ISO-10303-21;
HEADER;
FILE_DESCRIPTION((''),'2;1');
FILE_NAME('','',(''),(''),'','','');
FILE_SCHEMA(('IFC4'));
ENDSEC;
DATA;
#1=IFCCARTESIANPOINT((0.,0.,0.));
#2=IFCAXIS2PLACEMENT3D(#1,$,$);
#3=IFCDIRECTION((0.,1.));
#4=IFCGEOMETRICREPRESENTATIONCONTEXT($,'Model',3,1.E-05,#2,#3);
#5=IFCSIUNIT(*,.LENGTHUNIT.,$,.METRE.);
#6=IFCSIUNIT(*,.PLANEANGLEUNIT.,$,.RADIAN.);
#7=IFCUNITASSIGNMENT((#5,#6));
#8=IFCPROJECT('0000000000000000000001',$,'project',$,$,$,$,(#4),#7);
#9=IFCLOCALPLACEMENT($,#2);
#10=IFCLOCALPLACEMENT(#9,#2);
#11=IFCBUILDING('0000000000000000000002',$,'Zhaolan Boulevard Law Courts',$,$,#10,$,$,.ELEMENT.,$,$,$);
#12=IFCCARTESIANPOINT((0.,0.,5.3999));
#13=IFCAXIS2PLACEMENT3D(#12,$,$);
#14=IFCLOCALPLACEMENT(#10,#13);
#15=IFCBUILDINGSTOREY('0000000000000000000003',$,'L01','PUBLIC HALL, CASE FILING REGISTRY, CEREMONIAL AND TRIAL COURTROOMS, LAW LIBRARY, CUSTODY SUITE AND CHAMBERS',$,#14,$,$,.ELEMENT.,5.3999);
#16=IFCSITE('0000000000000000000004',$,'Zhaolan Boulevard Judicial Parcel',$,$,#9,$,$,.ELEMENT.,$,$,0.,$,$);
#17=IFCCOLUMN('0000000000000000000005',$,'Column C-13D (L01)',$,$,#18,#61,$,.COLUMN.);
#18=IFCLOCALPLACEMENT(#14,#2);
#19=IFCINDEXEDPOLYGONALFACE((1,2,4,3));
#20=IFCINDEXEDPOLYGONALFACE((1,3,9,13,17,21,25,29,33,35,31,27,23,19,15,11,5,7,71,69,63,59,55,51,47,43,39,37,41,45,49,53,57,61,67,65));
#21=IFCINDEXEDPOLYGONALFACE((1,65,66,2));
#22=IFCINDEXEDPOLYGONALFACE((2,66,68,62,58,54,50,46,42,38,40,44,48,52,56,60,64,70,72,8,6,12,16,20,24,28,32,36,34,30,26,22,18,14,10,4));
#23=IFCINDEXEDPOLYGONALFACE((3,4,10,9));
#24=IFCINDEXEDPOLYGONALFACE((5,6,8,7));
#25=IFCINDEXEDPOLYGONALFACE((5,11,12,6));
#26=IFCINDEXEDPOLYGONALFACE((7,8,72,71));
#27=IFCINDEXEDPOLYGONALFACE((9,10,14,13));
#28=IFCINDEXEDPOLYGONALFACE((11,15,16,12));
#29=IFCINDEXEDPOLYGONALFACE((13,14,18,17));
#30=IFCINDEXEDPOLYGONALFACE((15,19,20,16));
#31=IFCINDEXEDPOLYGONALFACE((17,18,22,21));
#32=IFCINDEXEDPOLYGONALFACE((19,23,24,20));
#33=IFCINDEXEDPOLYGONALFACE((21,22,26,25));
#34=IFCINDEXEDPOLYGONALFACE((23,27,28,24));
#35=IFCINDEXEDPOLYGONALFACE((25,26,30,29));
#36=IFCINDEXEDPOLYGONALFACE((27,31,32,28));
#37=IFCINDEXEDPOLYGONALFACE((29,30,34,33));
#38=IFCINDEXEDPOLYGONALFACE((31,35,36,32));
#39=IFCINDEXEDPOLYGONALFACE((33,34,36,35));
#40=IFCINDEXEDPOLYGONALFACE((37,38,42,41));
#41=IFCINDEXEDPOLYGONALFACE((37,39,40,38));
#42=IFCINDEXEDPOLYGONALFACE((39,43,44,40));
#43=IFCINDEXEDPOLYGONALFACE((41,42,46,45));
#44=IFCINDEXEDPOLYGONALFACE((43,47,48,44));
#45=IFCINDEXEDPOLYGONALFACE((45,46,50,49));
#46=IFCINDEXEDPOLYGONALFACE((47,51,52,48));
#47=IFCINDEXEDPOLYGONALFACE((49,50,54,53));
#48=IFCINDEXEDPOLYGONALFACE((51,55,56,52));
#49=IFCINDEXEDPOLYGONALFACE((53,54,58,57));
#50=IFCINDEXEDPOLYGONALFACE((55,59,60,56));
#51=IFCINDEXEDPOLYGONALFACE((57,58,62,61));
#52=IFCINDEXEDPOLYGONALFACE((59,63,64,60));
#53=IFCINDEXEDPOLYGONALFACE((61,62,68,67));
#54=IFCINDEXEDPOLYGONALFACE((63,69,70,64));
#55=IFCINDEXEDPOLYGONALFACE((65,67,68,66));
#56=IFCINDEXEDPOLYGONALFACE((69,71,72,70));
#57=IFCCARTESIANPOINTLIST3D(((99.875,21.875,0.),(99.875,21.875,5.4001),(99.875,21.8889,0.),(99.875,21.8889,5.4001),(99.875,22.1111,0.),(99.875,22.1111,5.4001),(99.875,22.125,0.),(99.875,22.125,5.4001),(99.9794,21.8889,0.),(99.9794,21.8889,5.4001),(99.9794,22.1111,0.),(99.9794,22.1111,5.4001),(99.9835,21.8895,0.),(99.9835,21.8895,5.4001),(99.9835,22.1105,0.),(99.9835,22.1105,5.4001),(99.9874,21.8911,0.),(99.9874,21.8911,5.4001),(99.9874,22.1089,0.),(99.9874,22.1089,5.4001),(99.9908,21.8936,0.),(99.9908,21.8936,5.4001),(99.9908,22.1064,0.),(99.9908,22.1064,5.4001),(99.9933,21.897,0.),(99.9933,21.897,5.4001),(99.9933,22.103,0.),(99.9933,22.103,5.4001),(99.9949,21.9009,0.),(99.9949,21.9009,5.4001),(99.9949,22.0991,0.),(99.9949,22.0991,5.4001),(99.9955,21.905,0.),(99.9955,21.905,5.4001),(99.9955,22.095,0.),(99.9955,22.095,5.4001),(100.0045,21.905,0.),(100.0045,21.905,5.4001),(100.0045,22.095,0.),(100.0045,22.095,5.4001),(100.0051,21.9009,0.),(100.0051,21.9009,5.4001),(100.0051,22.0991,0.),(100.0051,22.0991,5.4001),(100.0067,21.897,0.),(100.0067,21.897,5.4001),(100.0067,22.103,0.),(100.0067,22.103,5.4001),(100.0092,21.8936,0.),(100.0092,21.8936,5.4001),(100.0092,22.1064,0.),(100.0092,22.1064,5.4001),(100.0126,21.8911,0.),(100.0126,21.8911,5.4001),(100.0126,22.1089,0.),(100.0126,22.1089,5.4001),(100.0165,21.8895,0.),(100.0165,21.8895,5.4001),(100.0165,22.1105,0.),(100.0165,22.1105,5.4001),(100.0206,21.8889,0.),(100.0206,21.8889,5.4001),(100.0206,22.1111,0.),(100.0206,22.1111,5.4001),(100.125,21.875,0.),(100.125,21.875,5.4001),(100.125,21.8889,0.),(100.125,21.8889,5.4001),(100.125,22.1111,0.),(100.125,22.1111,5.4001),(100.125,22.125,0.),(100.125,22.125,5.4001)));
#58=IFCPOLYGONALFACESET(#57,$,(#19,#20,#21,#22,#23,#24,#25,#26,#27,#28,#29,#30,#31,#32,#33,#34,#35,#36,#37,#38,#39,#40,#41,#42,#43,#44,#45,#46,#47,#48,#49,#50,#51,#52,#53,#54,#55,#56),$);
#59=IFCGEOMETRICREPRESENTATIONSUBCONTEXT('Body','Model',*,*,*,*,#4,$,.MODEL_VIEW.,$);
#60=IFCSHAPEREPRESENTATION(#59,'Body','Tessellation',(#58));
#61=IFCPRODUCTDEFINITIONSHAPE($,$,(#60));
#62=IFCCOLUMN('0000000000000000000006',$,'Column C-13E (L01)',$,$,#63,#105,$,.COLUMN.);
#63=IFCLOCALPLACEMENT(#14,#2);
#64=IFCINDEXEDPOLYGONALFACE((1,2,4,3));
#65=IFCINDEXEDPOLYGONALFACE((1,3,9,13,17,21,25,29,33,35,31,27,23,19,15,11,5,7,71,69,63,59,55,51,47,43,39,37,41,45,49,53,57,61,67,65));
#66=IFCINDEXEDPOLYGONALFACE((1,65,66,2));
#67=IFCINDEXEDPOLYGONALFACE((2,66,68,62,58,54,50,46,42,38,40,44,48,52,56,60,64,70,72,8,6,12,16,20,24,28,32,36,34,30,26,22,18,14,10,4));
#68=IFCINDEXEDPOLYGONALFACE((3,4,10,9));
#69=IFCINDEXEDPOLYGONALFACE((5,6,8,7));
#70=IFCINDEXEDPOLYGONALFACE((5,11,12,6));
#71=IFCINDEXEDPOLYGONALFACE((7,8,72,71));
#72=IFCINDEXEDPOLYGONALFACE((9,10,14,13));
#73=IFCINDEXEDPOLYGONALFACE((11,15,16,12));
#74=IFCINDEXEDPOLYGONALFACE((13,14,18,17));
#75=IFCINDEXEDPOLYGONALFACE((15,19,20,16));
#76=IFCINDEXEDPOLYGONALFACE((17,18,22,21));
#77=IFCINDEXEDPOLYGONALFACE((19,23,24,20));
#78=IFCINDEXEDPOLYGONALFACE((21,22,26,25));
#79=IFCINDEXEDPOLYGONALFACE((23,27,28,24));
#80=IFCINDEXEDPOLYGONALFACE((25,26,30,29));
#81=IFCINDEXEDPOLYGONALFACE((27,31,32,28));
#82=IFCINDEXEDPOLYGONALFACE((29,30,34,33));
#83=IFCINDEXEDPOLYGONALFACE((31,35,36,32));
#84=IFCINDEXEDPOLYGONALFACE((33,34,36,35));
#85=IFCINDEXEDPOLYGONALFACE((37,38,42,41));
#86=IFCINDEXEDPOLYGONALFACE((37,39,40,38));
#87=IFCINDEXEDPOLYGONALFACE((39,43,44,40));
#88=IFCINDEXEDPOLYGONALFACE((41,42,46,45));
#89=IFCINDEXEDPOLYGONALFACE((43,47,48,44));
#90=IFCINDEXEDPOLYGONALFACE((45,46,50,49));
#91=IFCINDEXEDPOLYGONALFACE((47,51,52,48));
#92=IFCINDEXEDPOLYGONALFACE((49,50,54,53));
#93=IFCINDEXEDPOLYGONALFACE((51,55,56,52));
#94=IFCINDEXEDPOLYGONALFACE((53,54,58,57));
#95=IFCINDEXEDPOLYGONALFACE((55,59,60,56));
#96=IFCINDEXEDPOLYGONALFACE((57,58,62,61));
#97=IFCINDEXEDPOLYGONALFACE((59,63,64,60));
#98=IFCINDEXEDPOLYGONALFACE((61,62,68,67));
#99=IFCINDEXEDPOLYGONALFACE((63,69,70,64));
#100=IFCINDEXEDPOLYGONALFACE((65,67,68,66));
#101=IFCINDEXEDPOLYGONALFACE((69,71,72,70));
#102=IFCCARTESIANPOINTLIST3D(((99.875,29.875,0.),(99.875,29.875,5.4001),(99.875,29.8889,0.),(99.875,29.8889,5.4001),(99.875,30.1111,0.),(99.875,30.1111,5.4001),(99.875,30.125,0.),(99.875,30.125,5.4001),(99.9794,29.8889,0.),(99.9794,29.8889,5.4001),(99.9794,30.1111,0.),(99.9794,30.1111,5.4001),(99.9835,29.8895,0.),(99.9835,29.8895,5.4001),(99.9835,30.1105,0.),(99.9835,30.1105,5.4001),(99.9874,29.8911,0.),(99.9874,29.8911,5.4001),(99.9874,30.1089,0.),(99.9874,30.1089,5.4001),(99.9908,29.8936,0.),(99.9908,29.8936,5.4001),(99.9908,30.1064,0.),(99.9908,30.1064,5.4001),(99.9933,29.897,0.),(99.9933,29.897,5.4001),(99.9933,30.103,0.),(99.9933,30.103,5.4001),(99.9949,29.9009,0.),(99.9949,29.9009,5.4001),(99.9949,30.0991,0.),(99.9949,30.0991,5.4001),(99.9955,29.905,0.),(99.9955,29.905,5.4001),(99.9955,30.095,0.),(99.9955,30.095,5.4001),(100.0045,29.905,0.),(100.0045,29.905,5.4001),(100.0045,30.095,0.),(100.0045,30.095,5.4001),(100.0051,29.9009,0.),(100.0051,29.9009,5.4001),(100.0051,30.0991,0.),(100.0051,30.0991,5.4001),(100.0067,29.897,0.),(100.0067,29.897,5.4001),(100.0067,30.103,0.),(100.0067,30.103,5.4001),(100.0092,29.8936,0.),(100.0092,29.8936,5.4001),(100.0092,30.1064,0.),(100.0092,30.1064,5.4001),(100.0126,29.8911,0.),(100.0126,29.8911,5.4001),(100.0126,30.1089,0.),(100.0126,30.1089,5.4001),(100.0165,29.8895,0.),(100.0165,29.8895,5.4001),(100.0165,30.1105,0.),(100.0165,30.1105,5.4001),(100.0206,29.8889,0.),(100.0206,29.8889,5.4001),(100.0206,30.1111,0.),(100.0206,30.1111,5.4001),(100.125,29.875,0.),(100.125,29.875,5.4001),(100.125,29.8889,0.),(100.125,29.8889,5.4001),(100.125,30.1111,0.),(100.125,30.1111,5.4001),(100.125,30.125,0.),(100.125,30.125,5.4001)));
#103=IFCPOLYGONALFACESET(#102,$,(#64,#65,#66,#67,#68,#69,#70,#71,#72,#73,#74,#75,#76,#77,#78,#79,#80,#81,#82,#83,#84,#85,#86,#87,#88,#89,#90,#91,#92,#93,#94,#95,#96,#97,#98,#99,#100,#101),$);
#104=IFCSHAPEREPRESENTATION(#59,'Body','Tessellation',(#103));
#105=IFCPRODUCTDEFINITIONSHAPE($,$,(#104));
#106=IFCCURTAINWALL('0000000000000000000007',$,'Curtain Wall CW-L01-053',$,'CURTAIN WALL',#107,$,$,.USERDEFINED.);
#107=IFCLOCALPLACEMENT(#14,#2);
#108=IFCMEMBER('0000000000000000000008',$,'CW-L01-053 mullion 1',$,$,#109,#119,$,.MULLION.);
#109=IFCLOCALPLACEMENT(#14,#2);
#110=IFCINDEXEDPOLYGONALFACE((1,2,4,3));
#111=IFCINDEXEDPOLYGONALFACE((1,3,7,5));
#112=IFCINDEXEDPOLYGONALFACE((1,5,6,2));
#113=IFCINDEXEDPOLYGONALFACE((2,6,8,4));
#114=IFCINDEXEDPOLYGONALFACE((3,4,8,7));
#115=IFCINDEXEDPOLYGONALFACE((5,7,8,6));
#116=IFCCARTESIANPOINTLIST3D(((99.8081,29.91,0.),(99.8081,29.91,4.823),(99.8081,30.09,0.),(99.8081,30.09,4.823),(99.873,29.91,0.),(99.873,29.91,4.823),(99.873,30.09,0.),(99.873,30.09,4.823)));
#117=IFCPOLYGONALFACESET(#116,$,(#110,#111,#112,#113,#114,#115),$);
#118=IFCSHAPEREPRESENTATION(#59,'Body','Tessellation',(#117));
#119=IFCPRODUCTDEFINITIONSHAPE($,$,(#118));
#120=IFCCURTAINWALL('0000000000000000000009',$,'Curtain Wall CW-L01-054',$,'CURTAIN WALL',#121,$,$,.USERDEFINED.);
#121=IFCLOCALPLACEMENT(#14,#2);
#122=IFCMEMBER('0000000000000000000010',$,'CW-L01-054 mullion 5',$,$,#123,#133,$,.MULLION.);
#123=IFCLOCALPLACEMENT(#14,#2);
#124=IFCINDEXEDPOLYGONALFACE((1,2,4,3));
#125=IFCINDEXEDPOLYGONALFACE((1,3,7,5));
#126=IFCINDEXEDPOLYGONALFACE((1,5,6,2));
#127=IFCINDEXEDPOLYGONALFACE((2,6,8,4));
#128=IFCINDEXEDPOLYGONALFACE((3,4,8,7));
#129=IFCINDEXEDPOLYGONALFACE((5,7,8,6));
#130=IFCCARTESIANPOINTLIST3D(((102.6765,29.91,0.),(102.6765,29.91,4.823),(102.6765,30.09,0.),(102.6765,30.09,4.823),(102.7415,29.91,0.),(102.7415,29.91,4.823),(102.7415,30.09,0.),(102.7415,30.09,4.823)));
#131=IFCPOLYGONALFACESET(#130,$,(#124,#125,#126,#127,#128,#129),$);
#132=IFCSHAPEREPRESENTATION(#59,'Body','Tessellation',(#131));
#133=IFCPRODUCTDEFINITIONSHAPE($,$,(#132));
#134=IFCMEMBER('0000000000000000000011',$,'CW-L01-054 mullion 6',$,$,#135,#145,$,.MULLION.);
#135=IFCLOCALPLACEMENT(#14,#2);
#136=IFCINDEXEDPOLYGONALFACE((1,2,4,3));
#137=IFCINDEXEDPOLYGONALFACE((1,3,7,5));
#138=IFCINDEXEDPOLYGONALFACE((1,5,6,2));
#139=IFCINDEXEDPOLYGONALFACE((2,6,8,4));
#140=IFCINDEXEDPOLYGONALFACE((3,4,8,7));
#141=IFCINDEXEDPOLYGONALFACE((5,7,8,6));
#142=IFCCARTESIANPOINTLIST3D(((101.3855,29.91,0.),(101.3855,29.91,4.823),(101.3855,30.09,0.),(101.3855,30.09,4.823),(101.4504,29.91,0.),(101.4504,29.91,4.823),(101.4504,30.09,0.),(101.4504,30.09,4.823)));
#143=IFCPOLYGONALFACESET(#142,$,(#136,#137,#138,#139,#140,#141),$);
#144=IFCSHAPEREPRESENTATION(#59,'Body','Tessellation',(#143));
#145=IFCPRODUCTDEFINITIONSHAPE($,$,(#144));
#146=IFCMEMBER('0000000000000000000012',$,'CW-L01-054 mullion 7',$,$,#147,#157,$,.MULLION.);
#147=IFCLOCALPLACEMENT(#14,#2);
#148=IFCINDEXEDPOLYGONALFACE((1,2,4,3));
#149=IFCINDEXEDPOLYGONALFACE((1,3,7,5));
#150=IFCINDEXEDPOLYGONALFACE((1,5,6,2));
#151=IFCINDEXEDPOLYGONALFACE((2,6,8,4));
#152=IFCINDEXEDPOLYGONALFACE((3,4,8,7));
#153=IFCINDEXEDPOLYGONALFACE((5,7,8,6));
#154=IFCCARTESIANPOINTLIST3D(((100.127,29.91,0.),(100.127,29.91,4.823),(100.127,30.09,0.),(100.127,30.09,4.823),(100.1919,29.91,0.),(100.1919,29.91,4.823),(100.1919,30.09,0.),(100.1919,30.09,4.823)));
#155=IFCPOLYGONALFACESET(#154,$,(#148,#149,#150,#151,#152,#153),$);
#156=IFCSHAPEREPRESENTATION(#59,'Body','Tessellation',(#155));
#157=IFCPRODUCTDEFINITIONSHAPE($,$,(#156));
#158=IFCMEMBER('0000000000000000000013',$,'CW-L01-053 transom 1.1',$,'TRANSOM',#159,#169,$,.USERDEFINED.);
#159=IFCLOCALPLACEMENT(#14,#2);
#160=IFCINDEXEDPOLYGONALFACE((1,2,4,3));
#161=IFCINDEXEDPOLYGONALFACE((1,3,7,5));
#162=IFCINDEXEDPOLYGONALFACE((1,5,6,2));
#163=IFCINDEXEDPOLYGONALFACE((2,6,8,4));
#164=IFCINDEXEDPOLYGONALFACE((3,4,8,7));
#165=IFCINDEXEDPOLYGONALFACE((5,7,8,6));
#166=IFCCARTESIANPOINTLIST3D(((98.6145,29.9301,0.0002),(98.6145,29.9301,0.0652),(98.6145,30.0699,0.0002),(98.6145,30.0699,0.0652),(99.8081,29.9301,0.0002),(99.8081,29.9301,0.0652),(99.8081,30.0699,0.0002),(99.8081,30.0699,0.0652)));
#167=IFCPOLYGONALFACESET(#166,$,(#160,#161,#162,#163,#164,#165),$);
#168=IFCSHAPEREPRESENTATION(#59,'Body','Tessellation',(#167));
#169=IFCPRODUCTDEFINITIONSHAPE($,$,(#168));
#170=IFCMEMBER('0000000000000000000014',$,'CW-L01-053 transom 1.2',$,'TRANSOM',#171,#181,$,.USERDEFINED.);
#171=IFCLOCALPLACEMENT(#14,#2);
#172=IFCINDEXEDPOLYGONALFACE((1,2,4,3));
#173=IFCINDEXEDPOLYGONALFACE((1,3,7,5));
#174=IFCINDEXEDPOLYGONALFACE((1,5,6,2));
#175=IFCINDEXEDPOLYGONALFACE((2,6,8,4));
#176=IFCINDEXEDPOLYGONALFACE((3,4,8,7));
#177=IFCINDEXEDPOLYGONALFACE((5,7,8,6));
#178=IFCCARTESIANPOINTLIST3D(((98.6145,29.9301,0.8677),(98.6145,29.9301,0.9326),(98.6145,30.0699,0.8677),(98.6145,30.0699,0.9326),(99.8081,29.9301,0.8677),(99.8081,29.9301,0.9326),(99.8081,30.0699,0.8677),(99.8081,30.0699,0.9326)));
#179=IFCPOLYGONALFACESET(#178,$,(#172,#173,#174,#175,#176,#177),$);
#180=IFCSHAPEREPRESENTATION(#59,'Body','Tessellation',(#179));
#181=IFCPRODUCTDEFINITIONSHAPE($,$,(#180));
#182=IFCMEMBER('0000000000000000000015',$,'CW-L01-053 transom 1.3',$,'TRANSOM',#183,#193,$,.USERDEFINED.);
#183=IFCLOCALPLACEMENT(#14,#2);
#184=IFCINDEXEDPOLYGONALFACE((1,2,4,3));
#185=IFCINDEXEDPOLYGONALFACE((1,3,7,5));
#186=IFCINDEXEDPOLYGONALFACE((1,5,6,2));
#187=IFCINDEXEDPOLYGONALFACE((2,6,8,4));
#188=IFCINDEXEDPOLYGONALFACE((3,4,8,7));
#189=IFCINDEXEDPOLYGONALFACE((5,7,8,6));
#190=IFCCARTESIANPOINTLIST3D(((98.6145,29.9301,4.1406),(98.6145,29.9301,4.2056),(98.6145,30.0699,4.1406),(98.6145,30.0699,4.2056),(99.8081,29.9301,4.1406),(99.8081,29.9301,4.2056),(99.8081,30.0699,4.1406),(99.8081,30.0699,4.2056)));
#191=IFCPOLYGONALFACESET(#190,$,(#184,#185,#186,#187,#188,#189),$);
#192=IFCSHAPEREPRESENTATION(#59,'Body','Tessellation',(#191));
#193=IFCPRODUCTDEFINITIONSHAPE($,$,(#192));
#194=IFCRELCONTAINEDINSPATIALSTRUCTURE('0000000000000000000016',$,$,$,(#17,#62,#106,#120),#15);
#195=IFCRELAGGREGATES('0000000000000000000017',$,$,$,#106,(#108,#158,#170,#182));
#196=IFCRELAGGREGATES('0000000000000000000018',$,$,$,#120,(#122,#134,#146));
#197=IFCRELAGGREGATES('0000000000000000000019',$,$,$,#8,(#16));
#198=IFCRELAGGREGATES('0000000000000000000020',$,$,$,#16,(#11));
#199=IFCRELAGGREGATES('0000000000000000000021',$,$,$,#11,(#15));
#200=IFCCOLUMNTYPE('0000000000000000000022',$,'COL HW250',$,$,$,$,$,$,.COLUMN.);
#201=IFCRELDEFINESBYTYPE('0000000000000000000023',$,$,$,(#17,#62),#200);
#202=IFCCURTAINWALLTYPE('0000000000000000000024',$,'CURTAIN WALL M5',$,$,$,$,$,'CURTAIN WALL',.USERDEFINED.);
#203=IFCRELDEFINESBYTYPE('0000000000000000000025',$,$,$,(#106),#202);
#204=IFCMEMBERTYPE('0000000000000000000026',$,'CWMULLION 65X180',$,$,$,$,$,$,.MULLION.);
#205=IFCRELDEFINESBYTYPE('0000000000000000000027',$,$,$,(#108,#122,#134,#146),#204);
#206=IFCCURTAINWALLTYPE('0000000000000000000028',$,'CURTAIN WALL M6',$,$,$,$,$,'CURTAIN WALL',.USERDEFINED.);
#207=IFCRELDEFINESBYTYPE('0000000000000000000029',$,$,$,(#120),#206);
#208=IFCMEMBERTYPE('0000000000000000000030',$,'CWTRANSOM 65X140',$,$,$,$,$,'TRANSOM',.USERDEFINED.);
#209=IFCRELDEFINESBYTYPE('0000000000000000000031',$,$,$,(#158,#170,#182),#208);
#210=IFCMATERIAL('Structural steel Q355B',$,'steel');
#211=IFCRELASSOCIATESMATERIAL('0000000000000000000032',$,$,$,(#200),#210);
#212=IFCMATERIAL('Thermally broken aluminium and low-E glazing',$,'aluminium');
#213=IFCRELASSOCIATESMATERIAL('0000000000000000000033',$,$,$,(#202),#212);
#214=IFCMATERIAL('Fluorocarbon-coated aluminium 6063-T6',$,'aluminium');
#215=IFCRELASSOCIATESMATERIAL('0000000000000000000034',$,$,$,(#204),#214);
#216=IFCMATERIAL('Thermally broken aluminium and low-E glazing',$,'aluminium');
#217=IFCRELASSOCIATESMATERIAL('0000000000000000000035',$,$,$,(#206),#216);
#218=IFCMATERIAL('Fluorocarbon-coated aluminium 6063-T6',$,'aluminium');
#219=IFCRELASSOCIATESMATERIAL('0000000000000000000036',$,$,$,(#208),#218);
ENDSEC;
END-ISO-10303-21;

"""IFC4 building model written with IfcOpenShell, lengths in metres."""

from ifc_helpers import new_model, si_unit, direction, frame, origin, origin_2d, place, context, subcontext, project, spatial, rectangle, i_section, extrude, material, material_profile, profile_set, type_object, element, aggregate, save


model = new_model("IFC4")

# Units and contexts
model_context = context("Model", 3, precision=1e-05, world=origin(), true_north=direction((0.0, 1.0)))
body_context = subcontext(model_context, "Body", "Model", "MODEL_VIEW")
ifc_project = project(units=[si_unit("LENGTHUNIT", "METRE"), si_unit("PLANEANGLEUNIT", "RADIAN")], contexts=[model_context])

# Site, building, storey
site_placement = place(None, origin())
site = spatial("IfcSite", under=ifc_project, at=site_placement, Name="Zhaolan Boulevard Judicial Parcel", CompositionType="ELEMENT", RefElevation=0.0)
building_placement = place(site_placement, origin())
building = spatial("IfcBuilding", under=site, at=building_placement, Name="Zhaolan Boulevard Law Courts", CompositionType="ELEMENT")
storey_placement = place(building_placement, frame((0.0, 0.0, 5.3999)))
storey = spatial("IfcBuildingStorey", under=building, at=storey_placement, Name="L01", Description="PUBLIC HALL, CASE FILING REGISTRY, CEREMONIAL AND TRIAL COURTROOMS, LAW LIBRARY, CUSTODY SUITE AND CHAMBERS", CompositionType="ELEMENT", Elevation=5.3999)

# Columns
ifc_material_1 = material(Name="Structural steel Q355B", Category="steel")
ifc_material_profile_1 = material_profile(ifc_material_1, i_section(OverallWidth=0.25, OverallDepth=0.25, WebThickness=0.009, FlangeThickness=0.0139, FilletRadius=0.0161, at=origin_2d()), Name="HW250x250")
ifc_profile_set_1 = profile_set([ifc_material_profile_1], Name="Structural steel Q355B")
column_type = type_object("IfcColumnType", Name="COL HW250", PredefinedType="COLUMN", material=ifc_profile_set_1)
for number, where, z_axis, x_axis, name in (
    (1, (100.0, 22.0, 0.0), (0.0, 0.0, 1.0), (1.0, 0.0, 0.0), "Column C-13D (L01)"),
    (2, (100.0, 30.0, 0.0), (0.0, 0.0, 1.0), (1.0, 0.0, 0.0), "Column C-13E (L01)"),
):
    element("IfcColumn", number, at=place(storey_placement, frame(where, z_axis=z_axis, x_axis=x_axis)), inside=storey, type_object=column_type, Name=name, PredefinedType="COLUMN", context=body_context, shape_type="SweptSolid", body=[
        extrude(i_section(OverallWidth=0.25, OverallDepth=0.25, WebThickness=0.009, FlangeThickness=0.0139, FilletRadius=0.0161, at=origin_2d()), origin(), (0.0, 0.0, 1.0), 5.4001),
    ])

# Curtain wall, member
ifc_material_2 = material(Name="Thermally broken aluminium and low-E glazing", Category="aluminium")
curtain_wall_type_1 = type_object("IfcCurtainWallType", Name="CURTAIN WALL M5", ElementType="CURTAIN WALL", PredefinedType="USERDEFINED", material=ifc_material_2)
curtain_wall_1_placement = place(storey_placement, origin())
curtain_wall_1 = element("IfcCurtainWall", 3, at=curtain_wall_1_placement, inside=storey, type_object=curtain_wall_type_1, Name="Curtain Wall CW-L01-053", ObjectType="CURTAIN WALL", PredefinedType="USERDEFINED")
ifc_material_3 = material(Name="Fluorocarbon-coated aluminium 6063-T6", Category="aluminium")
ifc_material_profile_2 = material_profile(ifc_material_3, rectangle(XDim=0.1799, YDim=0.0649, at=origin_2d()), Name="AL65x180")
ifc_profile_set_2 = profile_set([ifc_material_profile_2], Name="Fluorocarbon-coated aluminium 6063-T6")
member_type_1 = type_object("IfcMemberType", Name="CWMULLION 65X180", PredefinedType="MULLION", material=ifc_profile_set_2)
member_1_placement = place(storey_placement, frame((99.8406, 30.0, 0.0), z_axis=(0.0, 0.0, 1.0), x_axis=(0.0, -1.0, 0.0)))
member_1 = element("IfcMember", 4, at=member_1_placement, type_object=member_type_1, Name="CW-L01-053 mullion 1", PredefinedType="MULLION", context=body_context, shape_type="SweptSolid", body=[
    extrude(rectangle(XDim=0.1799, YDim=0.0649, at=origin_2d()), origin(), (0.0, 0.0, 1.0), 4.823),
])

# Curtain wall, members
ifc_material_4 = material(Name="Thermally broken aluminium and low-E glazing", Category="aluminium")
curtain_wall_type_2 = type_object("IfcCurtainWallType", Name="CURTAIN WALL M6", ElementType="CURTAIN WALL", PredefinedType="USERDEFINED", material=ifc_material_4)
curtain_wall_2_placement = place(storey_placement, origin())
curtain_wall_2 = element("IfcCurtainWall", 5, at=curtain_wall_2_placement, inside=storey, type_object=curtain_wall_type_2, Name="Curtain Wall CW-L01-054", ObjectType="CURTAIN WALL", PredefinedType="USERDEFINED")
member_2_placement = place(storey_placement, frame((102.709, 30.0, 0.0), z_axis=(0.0, 0.0, 1.0), x_axis=(0.0, -1.0, 0.0)))
member_2 = element("IfcMember", 6, at=member_2_placement, type_object=member_type_1, Name="CW-L01-054 mullion 5", PredefinedType="MULLION", context=body_context, shape_type="SweptSolid", body=[
    extrude(rectangle(XDim=0.1799, YDim=0.0649, at=origin_2d()), origin(), (0.0, 0.0, 1.0), 4.823),
])
member_3_placement = place(storey_placement, frame((101.418, 30.0, 0.0), z_axis=(0.0, 0.0, 1.0), x_axis=(0.0, -1.0, 0.0)))
member_3 = element("IfcMember", 7, at=member_3_placement, type_object=member_type_1, Name="CW-L01-054 mullion 6", PredefinedType="MULLION", context=body_context, shape_type="SweptSolid", body=[
    extrude(rectangle(XDim=0.1799, YDim=0.0649, at=origin_2d()), origin(), (0.0, 0.0, 1.0), 4.823),
])
member_4_placement = place(storey_placement, frame((100.1594, 30.0, 0.0), z_axis=(0.0, 0.0, 1.0), x_axis=(0.0, -1.0, 0.0)))
member_4 = element("IfcMember", 8, at=member_4_placement, type_object=member_type_1, Name="CW-L01-054 mullion 7", PredefinedType="MULLION", context=body_context, shape_type="SweptSolid", body=[
    extrude(rectangle(XDim=0.1799, YDim=0.0649, at=origin_2d()), origin(), (0.0, 0.0, 1.0), 4.823),
])

# Members
ifc_material_5 = material(Name="Fluorocarbon-coated aluminium 6063-T6", Category="aluminium")
ifc_material_profile_3 = material_profile(ifc_material_5, rectangle(XDim=0.1399, YDim=0.0649, at=origin_2d()), Name="AL65x140")
ifc_profile_set_3 = profile_set([ifc_material_profile_3], Name="Fluorocarbon-coated aluminium 6063-T6")
member_type_2 = type_object("IfcMemberType", Name="CWTRANSOM 65X140", ElementType="TRANSOM", PredefinedType="USERDEFINED", material=ifc_profile_set_3)
member_5_placement = place(storey_placement, frame((99.8081, 30.0, 0.0327), z_axis=(-1.0, 0.0, 0.0), x_axis=(0.0, -1.0, 0.0)))
member_5 = element("IfcMember", 9, at=member_5_placement, type_object=member_type_2, Name="CW-L01-053 transom 1.1", ObjectType="TRANSOM", PredefinedType="USERDEFINED", context=body_context, shape_type="SweptSolid", body=[
    extrude(rectangle(XDim=0.1399, YDim=0.0649, at=origin_2d()), origin(), (0.0, 0.0, 1.0), 1.1936),
])
member_6_placement = place(storey_placement, frame((99.8081, 30.0, 0.9001), z_axis=(-1.0, 0.0, 0.0), x_axis=(0.0, -1.0, 0.0)))
member_6 = element("IfcMember", 10, at=member_6_placement, type_object=member_type_2, Name="CW-L01-053 transom 1.2", ObjectType="TRANSOM", PredefinedType="USERDEFINED", context=body_context, shape_type="SweptSolid", body=[
    extrude(rectangle(XDim=0.1399, YDim=0.0649, at=origin_2d()), origin(), (0.0, 0.0, 1.0), 1.1936),
])
member_7_placement = place(storey_placement, frame((99.8081, 30.0, 4.1731), z_axis=(-1.0, 0.0, 0.0), x_axis=(0.0, -1.0, 0.0)))
member_7 = element("IfcMember", 11, at=member_7_placement, type_object=member_type_2, Name="CW-L01-053 transom 1.3", ObjectType="TRANSOM", PredefinedType="USERDEFINED", context=body_context, shape_type="SweptSolid", body=[
    extrude(rectangle(XDim=0.1399, YDim=0.0649, at=origin_2d()), origin(), (0.0, 0.0, 1.0), 1.1936),
])

aggregate(curtain_wall_1, [member_1, member_5, member_6, member_7])
aggregate(curtain_wall_2, [member_2, member_3, member_4])

save(model, "model.ifc")
